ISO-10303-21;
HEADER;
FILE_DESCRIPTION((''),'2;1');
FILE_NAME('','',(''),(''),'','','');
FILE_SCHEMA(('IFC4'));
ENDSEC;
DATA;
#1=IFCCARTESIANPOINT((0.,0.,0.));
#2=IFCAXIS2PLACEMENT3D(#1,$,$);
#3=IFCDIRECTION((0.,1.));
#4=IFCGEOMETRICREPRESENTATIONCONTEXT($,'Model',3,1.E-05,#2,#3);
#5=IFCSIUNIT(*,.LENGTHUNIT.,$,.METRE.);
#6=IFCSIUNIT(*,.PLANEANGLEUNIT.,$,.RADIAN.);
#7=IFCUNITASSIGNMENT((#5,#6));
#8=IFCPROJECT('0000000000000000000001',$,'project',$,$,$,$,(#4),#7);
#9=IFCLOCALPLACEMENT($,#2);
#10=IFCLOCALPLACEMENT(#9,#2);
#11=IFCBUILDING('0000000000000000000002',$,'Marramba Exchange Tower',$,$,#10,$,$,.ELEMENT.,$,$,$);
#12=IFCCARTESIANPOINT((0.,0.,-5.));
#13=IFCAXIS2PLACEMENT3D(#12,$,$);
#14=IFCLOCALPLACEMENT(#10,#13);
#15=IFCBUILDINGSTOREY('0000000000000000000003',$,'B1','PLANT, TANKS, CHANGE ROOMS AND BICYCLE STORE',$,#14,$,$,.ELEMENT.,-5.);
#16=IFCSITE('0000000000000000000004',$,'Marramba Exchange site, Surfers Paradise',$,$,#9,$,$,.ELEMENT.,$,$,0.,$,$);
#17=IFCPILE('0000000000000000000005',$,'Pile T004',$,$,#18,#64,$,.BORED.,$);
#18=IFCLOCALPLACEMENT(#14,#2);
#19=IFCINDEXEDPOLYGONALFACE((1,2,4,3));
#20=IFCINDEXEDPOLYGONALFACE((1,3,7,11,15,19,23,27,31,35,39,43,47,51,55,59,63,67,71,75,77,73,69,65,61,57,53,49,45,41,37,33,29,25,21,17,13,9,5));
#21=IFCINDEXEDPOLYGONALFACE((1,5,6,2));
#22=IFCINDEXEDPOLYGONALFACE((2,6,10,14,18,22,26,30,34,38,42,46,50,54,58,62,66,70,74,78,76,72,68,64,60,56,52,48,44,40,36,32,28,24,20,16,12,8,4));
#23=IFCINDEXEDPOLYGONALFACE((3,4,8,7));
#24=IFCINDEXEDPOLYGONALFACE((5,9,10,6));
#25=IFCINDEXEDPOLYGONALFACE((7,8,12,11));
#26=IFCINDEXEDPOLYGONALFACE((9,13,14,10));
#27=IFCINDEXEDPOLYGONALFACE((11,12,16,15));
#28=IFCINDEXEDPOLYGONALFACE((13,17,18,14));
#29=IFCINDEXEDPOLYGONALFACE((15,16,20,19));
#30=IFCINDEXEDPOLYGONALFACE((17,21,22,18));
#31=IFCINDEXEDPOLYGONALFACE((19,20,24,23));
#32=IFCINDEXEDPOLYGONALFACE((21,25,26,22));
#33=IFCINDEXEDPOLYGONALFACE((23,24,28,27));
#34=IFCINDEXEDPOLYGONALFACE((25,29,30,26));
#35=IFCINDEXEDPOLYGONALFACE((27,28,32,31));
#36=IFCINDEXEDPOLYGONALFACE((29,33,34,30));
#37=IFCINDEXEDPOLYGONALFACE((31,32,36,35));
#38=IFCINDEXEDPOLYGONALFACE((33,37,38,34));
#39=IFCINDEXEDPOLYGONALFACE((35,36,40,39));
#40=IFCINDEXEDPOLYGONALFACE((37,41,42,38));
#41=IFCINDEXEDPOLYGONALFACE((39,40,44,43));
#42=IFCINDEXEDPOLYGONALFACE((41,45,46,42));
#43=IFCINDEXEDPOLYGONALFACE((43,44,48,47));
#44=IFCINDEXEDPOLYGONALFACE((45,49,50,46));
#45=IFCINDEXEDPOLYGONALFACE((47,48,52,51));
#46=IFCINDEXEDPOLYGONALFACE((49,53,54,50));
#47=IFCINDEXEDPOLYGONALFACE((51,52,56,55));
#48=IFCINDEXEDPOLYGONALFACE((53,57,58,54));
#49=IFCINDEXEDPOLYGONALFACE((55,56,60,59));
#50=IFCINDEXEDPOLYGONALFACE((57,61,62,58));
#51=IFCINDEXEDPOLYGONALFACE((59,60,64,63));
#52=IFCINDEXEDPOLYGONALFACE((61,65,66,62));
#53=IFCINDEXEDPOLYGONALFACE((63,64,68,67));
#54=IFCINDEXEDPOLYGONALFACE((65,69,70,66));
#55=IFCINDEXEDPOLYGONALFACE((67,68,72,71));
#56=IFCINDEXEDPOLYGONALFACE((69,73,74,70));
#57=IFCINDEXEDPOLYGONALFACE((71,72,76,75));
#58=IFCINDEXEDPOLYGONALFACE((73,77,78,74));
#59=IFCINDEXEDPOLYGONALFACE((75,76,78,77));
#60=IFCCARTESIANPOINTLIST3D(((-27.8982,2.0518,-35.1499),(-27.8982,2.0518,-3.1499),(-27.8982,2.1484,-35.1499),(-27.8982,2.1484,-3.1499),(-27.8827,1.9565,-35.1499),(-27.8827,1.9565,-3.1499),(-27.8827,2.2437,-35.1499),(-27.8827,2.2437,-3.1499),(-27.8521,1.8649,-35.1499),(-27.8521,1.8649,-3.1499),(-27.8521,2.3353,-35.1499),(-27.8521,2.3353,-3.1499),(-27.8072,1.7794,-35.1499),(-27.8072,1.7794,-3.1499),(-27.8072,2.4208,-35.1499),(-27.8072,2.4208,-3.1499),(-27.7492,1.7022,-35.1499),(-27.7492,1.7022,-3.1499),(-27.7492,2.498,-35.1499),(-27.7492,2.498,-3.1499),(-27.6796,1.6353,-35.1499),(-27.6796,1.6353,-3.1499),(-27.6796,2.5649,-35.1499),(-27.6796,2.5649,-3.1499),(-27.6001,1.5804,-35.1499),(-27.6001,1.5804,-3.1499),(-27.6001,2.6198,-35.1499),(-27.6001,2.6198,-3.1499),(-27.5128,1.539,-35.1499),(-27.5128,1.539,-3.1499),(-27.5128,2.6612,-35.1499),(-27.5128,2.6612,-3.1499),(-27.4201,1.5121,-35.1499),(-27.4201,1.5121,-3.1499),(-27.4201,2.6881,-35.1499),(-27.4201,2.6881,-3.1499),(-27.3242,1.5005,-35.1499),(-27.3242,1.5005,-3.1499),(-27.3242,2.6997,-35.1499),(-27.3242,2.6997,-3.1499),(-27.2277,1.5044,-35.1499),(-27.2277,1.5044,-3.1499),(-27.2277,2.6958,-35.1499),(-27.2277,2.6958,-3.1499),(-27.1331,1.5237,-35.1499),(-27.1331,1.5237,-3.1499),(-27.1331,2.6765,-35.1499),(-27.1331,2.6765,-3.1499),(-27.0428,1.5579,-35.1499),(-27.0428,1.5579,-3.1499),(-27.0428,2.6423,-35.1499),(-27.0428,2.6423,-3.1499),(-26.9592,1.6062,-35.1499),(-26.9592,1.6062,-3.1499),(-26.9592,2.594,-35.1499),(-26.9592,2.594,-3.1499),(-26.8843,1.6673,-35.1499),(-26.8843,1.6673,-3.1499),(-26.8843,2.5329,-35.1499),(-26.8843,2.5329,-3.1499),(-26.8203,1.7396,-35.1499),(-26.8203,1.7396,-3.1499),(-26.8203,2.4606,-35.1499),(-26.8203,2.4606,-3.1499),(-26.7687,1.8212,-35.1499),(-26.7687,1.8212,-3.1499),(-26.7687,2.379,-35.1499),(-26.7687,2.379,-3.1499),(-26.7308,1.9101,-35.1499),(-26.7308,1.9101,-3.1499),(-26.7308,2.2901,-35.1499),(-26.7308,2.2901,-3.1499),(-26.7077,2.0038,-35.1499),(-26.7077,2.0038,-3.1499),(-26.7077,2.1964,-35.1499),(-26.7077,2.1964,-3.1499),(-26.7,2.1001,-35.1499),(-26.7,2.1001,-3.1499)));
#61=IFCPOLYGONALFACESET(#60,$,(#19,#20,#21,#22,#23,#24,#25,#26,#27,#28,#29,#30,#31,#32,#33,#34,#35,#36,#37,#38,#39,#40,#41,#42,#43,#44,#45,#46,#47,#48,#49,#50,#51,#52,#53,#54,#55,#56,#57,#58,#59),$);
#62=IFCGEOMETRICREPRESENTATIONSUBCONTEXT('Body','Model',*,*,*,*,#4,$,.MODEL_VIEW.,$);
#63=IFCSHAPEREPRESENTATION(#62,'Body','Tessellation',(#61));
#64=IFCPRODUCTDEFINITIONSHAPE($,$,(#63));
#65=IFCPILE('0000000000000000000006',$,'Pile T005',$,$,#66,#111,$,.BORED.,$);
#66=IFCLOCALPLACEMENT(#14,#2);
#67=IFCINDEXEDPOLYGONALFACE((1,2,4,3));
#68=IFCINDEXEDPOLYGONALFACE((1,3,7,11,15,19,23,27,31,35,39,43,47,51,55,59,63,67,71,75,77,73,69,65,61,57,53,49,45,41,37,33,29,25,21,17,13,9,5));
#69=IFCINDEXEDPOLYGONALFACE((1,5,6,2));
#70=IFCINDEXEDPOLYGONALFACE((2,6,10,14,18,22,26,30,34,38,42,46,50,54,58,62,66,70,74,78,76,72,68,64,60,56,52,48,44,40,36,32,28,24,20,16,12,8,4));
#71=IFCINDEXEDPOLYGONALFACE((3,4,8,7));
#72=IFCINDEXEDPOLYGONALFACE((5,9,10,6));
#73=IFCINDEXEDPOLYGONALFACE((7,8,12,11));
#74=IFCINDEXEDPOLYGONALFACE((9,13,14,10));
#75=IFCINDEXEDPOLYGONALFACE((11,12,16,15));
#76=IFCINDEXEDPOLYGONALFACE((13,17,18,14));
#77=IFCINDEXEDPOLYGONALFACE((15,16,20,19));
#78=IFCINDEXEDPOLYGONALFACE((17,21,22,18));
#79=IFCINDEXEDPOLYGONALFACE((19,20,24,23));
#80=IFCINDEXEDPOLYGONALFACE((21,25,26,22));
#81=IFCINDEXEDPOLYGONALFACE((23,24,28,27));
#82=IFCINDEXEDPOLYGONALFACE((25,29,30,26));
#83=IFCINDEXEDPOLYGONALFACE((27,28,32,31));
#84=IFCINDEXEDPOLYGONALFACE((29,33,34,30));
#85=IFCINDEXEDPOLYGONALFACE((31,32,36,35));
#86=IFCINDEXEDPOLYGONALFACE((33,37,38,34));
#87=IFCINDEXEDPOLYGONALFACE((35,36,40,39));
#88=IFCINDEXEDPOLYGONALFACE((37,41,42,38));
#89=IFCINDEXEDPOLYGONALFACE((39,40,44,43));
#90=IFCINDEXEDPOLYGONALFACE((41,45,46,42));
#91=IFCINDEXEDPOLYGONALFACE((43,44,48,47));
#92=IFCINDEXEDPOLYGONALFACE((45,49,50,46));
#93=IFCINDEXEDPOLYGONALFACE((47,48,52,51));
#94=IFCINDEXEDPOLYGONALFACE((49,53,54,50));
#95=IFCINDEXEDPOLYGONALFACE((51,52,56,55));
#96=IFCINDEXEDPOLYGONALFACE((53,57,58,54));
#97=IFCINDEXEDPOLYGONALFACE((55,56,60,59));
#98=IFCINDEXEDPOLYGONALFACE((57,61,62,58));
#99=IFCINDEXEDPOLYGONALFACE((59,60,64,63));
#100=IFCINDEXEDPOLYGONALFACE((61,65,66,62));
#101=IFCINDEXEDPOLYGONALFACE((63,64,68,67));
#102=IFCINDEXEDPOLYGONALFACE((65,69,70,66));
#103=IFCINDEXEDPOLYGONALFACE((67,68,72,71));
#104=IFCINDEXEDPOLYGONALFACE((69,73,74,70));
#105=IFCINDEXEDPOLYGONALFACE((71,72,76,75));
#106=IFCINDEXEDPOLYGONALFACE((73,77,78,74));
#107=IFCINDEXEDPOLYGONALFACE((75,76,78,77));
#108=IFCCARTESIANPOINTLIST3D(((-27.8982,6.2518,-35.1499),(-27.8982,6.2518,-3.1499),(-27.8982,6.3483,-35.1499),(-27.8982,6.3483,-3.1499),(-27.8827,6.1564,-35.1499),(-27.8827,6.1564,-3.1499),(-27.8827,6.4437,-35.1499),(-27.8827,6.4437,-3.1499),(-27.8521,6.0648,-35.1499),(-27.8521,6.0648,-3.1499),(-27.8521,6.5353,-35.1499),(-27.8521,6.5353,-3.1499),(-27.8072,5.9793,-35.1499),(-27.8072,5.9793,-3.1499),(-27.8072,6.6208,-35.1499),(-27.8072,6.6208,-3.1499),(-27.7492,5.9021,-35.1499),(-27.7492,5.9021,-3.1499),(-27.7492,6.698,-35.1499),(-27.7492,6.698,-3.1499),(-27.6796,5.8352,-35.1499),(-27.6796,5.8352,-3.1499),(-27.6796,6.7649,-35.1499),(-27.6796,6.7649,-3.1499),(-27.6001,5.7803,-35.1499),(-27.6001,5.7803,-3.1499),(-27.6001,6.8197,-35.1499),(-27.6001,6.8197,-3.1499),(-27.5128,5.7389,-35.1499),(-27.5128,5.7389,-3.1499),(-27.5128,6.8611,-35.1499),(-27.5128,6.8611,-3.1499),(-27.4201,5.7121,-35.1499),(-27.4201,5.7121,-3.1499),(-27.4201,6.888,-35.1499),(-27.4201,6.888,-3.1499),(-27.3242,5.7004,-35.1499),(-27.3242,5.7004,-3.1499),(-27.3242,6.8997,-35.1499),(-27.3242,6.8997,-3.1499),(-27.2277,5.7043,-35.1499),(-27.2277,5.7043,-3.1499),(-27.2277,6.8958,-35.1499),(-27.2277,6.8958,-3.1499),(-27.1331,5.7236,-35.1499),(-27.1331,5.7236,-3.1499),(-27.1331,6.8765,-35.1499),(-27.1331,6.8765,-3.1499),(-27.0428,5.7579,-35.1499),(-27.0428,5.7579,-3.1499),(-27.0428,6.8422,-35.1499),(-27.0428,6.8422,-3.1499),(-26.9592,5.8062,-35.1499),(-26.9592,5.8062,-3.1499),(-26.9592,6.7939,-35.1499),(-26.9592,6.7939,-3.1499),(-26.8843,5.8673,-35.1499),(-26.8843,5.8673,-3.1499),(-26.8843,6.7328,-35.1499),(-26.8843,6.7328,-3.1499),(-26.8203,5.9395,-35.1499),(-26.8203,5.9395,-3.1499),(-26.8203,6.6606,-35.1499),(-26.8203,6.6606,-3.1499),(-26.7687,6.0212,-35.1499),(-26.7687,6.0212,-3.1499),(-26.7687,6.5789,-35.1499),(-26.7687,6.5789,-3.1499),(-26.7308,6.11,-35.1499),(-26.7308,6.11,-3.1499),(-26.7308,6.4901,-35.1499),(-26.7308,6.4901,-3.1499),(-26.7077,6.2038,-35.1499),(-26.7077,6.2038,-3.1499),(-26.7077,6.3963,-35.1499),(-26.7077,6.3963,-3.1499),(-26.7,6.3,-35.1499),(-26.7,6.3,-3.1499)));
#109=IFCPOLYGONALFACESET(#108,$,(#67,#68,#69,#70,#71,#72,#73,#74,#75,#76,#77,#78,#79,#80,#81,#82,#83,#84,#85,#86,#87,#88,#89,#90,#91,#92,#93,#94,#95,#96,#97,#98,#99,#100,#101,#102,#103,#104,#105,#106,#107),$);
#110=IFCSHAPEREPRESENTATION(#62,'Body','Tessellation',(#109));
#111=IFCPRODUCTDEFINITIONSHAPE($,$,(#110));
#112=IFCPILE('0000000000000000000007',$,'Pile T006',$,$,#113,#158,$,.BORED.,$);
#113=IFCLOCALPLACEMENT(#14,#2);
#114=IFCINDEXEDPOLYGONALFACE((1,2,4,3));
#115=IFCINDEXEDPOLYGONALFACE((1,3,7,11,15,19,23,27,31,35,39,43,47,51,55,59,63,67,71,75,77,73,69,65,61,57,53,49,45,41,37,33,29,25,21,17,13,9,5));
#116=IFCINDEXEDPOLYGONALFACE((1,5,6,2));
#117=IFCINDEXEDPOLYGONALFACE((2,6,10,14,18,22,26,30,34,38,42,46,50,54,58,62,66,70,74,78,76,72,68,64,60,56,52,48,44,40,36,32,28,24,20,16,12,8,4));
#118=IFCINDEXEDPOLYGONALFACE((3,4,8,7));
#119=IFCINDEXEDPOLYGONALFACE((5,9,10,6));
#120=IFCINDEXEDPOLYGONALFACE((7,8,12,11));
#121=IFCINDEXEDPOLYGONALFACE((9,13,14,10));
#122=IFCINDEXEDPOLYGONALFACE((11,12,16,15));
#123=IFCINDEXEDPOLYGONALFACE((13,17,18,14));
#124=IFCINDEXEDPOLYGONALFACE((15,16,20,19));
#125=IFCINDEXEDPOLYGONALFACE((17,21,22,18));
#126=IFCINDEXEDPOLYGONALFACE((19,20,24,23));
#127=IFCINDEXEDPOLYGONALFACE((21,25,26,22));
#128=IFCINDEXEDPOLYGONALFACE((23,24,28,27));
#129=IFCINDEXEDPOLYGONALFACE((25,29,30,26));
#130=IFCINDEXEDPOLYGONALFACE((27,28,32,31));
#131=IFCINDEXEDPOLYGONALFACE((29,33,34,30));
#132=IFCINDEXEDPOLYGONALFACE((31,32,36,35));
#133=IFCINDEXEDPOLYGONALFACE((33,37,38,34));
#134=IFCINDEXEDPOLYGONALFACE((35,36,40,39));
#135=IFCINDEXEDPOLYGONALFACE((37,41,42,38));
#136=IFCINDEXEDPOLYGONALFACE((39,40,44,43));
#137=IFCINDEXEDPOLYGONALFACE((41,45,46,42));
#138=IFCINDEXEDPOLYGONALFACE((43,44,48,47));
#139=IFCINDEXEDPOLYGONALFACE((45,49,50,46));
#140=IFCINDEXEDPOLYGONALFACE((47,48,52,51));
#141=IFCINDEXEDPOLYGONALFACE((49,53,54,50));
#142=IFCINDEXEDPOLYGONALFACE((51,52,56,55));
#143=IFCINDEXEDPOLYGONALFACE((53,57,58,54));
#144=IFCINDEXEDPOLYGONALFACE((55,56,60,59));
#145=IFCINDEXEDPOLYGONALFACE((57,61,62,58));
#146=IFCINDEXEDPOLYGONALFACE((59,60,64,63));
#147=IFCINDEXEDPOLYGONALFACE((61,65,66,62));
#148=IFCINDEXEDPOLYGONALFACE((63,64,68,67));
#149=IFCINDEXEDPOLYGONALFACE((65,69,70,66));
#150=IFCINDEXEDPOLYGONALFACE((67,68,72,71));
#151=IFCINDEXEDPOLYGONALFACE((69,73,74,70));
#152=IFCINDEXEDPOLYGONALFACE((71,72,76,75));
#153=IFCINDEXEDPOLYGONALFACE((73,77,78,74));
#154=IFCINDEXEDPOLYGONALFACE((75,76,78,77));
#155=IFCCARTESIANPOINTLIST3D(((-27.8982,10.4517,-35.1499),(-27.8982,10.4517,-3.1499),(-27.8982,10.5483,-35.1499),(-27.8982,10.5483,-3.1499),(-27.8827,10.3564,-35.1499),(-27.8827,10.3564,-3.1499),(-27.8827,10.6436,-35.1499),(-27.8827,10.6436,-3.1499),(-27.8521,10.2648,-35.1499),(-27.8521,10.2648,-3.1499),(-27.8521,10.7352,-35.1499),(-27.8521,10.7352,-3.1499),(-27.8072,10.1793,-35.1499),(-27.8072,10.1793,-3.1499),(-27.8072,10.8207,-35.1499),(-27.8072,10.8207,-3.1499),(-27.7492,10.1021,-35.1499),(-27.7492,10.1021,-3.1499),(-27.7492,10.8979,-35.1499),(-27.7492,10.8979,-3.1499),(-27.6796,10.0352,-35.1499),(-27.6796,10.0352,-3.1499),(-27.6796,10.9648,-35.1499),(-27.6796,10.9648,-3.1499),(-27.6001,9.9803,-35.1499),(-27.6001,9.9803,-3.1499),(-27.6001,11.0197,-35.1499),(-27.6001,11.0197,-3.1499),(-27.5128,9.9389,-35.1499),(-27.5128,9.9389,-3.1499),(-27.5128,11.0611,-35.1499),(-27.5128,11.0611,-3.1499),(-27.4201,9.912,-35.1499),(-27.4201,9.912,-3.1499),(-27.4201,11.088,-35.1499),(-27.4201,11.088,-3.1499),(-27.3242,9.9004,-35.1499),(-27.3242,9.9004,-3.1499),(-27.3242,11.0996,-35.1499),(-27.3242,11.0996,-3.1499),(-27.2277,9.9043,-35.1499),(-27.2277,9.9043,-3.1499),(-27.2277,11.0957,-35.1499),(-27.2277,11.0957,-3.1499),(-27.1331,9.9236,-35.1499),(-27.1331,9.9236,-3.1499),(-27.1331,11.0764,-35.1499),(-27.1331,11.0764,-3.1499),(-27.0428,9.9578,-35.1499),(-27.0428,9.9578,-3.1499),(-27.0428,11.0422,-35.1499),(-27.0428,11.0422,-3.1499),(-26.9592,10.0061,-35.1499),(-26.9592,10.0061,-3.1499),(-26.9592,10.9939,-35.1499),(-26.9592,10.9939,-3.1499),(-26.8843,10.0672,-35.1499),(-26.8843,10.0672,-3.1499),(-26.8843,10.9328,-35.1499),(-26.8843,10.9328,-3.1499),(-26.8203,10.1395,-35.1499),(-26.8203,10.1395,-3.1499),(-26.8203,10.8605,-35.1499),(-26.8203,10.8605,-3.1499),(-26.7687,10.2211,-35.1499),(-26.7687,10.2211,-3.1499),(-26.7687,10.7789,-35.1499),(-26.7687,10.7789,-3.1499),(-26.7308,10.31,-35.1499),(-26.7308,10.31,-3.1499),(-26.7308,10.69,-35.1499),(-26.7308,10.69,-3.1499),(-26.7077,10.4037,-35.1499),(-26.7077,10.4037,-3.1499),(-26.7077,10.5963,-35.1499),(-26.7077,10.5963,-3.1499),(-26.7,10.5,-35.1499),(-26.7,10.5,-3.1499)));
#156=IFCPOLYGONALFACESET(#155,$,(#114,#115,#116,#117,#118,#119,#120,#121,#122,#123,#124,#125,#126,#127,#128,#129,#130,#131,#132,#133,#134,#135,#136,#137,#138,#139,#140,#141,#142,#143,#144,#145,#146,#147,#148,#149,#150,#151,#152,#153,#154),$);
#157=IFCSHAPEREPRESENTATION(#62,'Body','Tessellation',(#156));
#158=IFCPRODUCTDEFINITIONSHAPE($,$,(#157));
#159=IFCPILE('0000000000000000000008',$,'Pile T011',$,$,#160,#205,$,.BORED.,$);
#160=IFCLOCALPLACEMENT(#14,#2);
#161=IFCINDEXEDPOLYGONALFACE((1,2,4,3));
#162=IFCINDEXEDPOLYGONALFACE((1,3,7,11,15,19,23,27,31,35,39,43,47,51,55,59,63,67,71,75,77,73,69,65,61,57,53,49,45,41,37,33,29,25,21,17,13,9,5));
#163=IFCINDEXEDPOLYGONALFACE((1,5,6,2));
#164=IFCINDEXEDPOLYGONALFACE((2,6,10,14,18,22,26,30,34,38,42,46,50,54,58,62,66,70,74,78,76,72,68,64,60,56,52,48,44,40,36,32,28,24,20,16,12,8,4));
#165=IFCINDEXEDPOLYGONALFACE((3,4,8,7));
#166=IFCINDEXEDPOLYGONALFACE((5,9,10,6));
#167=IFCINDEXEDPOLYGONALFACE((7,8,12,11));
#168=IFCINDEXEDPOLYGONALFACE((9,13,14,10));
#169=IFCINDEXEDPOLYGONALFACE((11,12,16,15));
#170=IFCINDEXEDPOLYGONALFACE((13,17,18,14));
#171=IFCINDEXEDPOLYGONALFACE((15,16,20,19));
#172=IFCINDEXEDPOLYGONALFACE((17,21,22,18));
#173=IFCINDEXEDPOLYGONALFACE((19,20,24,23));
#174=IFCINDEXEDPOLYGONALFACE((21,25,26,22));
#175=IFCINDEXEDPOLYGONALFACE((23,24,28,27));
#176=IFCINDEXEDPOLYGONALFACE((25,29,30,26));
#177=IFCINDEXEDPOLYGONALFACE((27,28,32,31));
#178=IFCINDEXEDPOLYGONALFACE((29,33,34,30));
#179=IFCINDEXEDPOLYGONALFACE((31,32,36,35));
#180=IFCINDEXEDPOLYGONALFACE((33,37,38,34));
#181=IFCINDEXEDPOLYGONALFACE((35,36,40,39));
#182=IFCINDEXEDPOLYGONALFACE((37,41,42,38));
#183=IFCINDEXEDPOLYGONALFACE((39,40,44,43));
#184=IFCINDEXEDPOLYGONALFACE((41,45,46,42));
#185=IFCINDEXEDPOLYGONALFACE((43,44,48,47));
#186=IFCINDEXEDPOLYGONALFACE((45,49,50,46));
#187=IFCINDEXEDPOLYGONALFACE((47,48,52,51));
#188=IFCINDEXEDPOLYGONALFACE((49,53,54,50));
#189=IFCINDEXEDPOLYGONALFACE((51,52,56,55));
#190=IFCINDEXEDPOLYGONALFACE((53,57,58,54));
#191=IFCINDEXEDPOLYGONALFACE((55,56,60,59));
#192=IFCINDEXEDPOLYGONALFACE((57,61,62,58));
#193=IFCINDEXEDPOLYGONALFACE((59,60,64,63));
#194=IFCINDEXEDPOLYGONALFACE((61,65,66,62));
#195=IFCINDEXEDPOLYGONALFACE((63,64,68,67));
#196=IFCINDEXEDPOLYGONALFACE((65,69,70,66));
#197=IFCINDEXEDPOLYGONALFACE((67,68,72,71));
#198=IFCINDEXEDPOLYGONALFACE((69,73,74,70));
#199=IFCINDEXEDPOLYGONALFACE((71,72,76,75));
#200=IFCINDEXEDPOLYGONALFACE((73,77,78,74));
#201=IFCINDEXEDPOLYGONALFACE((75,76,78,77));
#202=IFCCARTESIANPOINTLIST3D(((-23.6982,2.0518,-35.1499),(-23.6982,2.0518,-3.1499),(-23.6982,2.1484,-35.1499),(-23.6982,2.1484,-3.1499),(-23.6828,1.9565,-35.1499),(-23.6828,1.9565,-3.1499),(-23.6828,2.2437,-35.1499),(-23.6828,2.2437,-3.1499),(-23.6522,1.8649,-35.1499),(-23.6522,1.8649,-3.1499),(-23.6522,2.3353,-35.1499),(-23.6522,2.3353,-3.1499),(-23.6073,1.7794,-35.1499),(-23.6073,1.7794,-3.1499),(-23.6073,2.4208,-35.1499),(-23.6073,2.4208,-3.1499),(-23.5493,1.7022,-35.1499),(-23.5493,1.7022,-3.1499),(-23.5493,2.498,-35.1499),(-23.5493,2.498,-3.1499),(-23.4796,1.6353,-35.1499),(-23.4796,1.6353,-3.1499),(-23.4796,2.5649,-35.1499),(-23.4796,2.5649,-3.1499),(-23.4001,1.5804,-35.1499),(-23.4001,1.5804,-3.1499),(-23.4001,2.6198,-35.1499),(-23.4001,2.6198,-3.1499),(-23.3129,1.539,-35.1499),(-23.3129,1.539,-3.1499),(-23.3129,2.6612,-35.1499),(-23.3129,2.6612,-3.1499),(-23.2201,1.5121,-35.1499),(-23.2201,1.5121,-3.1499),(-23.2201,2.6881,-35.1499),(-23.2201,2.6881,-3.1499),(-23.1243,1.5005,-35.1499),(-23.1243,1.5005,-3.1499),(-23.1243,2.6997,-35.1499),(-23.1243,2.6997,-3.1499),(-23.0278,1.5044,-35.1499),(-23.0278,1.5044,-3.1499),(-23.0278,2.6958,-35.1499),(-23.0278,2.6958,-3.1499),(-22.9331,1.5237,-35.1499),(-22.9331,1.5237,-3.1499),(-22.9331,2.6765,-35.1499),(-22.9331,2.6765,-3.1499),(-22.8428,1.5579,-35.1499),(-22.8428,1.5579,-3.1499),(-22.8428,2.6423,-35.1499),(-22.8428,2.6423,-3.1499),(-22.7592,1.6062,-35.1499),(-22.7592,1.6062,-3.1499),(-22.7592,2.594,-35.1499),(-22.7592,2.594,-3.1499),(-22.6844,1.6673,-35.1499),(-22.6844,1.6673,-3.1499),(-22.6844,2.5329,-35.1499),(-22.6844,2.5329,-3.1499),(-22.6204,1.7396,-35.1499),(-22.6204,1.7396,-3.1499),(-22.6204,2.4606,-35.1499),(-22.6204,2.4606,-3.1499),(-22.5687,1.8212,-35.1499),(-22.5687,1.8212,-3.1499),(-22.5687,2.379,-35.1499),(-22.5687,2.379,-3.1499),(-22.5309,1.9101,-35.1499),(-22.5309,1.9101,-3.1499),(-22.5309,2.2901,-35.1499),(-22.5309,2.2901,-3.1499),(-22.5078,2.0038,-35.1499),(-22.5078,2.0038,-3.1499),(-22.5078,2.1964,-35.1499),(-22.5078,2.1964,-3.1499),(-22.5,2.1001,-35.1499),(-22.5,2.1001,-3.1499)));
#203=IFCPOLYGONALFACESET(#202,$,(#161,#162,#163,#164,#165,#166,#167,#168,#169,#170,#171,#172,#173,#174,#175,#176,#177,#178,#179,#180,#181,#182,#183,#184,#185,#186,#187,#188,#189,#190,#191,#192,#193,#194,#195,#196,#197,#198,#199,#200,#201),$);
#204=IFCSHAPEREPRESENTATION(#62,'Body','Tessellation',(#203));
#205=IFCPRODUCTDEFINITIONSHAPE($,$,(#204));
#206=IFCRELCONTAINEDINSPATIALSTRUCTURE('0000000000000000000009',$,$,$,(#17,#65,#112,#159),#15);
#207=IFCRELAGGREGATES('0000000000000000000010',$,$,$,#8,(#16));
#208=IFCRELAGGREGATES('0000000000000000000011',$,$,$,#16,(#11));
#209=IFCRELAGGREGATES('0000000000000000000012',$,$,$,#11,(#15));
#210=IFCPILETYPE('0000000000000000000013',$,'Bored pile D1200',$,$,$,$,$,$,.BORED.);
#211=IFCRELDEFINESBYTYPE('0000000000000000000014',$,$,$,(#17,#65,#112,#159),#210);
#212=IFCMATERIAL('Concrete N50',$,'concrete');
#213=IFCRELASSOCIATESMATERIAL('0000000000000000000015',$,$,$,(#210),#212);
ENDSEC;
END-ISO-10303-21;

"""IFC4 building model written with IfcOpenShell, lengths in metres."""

from ifc_helpers import new_model, si_unit, direction, frame, origin, origin_2d, place, context, subcontext, project, spatial, circle, extrude, material, material_profile, profile_set, type_object, element, save


model = new_model("IFC4")

# Units and contexts
model_context = context("Model", 3, precision=1e-05, world=origin(), true_north=direction((0.0, 1.0)))
body_context = subcontext(model_context, "Body", "Model", "MODEL_VIEW")
ifc_project = project(units=[si_unit("LENGTHUNIT", "METRE"), si_unit("PLANEANGLEUNIT", "RADIAN")], contexts=[model_context])

# Site, building, storey
site_placement = place(None, origin())
site = spatial("IfcSite", under=ifc_project, at=site_placement, Name="Marramba Exchange site, Surfers Paradise", CompositionType="ELEMENT", RefElevation=0.0)
building_placement = place(site_placement, origin())
building = spatial("IfcBuilding", under=site, at=building_placement, Name="Marramba Exchange Tower", CompositionType="ELEMENT")
storey_placement = place(building_placement, frame((0.0, 0.0, -5.0)))
storey = spatial("IfcBuildingStorey", under=building, at=storey_placement, Name="B1", Description="PLANT, TANKS, CHANGE ROOMS AND BICYCLE STORE", CompositionType="ELEMENT", Elevation=-5.0)

# Piles
ifc_material_1 = material(Name="Concrete N50", Category="concrete")
ifc_material_profile_1 = material_profile(ifc_material_1, circle(Radius=0.6001, at=origin_2d()), Name="BP D1200")
ifc_profile_set_1 = profile_set([ifc_material_profile_1], Name="Concrete N50")
pile_type = type_object("IfcPileType", Name="Bored pile D1200", PredefinedType="BORED", material=ifc_profile_set_1)
for number, where, z_axis, x_axis, name in (
    (1, (-27.3, 2.1001, -3.1499), (0.0, 0.0, -1.0), (1.0, 0.0, 0.0), "Pile T004"),
    (2, (-27.3, 6.3, -3.1499), (0.0, 0.0, -1.0), (1.0, 0.0, 0.0), "Pile T005"),
    (3, (-27.3, 10.5, -3.1499), (0.0, 0.0, -1.0), (1.0, 0.0, 0.0), "Pile T006"),
    (4, (-23.1001, 2.1001, -3.1499), (0.0, 0.0, -1.0), (1.0, 0.0, 0.0), "Pile T011"),
):
    element("IfcPile", number, at=place(storey_placement, frame(where, z_axis=z_axis, x_axis=x_axis)), inside=storey, type_object=pile_type, Name=name, PredefinedType="BORED", context=body_context, shape_type="SweptSolid", body=[
        extrude(circle(Radius=0.6001, at=origin_2d()), origin(), (0.0, 0.0, 1.0), 32.0),
    ])

save(model, "model.ifc")
